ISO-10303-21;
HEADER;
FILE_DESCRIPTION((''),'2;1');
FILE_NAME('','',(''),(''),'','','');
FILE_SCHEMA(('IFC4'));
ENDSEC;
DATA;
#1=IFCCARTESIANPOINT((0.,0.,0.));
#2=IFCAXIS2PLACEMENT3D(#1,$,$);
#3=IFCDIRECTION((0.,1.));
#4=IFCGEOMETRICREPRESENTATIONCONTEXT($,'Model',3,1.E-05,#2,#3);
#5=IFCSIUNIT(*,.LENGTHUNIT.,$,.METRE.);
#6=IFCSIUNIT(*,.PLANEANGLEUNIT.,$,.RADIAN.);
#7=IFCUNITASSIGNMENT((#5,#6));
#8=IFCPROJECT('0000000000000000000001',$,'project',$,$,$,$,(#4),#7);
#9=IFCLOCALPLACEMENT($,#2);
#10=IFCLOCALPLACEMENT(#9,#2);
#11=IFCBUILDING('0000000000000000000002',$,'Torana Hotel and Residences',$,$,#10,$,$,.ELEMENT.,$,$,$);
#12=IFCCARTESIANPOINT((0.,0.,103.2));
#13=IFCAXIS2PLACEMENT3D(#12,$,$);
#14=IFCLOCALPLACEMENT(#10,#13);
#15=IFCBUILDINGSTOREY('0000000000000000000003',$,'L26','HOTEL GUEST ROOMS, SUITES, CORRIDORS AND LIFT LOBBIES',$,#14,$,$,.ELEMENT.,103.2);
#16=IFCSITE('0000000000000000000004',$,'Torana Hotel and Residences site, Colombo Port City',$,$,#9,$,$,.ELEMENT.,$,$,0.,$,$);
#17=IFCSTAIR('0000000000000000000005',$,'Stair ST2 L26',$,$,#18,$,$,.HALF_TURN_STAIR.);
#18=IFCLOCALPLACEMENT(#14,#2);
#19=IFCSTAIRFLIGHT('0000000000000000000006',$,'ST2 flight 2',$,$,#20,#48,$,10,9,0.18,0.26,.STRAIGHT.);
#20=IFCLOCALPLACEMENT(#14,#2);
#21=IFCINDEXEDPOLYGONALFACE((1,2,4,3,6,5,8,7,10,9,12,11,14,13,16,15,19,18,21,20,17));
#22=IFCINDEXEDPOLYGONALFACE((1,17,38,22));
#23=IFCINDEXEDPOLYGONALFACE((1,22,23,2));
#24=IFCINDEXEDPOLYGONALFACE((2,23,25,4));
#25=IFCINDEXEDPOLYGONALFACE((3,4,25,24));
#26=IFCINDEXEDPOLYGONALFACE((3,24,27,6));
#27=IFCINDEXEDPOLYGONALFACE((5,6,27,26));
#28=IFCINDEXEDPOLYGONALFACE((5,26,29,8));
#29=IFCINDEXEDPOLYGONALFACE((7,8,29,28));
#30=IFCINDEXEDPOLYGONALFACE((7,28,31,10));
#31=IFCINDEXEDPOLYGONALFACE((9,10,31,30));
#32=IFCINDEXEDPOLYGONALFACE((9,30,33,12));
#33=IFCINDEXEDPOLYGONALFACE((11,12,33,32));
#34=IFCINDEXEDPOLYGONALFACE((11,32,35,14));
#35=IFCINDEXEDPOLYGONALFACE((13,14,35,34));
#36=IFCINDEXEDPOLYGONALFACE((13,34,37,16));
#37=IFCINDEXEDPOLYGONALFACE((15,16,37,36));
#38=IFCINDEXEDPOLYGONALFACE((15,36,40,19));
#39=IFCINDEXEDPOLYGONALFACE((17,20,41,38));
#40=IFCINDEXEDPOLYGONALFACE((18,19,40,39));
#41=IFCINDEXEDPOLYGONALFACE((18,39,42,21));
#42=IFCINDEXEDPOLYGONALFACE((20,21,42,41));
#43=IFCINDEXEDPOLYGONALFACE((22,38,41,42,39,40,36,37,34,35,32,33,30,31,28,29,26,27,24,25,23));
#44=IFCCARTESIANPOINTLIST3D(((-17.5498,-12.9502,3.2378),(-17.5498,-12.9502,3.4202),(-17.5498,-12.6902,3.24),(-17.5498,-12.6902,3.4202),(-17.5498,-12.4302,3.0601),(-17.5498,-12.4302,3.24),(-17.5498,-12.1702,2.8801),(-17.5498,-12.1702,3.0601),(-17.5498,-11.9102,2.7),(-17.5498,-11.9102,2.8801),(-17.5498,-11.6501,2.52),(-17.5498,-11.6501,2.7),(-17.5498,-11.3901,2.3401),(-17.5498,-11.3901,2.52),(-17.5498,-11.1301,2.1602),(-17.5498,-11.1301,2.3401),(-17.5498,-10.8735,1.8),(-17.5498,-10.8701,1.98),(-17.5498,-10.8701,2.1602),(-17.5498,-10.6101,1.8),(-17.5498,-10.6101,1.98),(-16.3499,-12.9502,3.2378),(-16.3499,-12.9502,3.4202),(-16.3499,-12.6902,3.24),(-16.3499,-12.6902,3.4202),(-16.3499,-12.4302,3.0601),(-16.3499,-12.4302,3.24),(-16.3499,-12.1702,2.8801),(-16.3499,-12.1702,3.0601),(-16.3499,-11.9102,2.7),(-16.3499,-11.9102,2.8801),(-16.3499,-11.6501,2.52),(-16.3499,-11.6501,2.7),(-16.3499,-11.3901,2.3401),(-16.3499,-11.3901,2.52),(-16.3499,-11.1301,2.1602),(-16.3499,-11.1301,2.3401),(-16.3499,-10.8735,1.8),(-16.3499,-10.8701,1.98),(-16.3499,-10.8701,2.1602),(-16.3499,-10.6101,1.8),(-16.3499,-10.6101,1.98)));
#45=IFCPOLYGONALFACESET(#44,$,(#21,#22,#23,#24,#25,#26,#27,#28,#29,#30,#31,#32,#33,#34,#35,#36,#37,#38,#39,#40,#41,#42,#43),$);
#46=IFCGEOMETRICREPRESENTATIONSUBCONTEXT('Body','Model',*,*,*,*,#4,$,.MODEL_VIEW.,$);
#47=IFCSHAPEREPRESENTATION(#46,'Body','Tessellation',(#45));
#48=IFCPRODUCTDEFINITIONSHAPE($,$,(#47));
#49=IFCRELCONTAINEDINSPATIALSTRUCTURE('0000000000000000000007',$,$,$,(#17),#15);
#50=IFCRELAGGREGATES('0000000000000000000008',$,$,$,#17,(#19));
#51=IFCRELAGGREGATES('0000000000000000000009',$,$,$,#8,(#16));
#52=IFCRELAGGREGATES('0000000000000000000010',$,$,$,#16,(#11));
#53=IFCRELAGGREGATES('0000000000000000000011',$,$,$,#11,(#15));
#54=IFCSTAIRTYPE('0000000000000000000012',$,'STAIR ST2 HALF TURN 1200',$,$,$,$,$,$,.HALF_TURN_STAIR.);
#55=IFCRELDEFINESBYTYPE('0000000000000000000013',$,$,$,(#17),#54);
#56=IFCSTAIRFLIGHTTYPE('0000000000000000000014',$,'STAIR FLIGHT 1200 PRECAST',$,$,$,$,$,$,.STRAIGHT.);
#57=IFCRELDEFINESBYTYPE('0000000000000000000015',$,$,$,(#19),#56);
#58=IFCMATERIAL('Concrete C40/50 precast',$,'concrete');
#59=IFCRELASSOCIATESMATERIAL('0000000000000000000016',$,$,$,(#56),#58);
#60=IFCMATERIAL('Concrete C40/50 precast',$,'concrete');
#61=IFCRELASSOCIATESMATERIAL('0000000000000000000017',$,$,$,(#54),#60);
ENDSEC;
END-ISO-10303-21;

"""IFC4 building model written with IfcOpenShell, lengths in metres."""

from ifc_helpers import new_model, si_unit, direction, frame, origin, place, context, subcontext, project, spatial, polyline, outline, extrude, material, type_object, element, aggregate, save


model = new_model("IFC4")

# Units and contexts
model_context = context("Model", 3, precision=1e-05, world=origin(), true_north=direction((0.0, 1.0)))
body_context = subcontext(model_context, "Body", "Model", "MODEL_VIEW")
ifc_project = project(units=[si_unit("LENGTHUNIT", "METRE"), si_unit("PLANEANGLEUNIT", "RADIAN")], contexts=[model_context])

# Site, building, storey
site_placement = place(None, origin())
site = spatial("IfcSite", under=ifc_project, at=site_placement, Name="Torana Hotel and Residences site, Colombo Port City", CompositionType="ELEMENT", RefElevation=0.0)
building_placement = place(site_placement, origin())
building = spatial("IfcBuilding", under=site, at=building_placement, Name="Torana Hotel and Residences", CompositionType="ELEMENT")
storey_placement = place(building_placement, frame((0.0, 0.0, 103.2)))
storey = spatial("IfcBuildingStorey", under=building, at=storey_placement, Name="L26", Description="HOTEL GUEST ROOMS, SUITES, CORRIDORS AND LIFT LOBBIES", CompositionType="ELEMENT", Elevation=103.2)

# Stair, stair flight
ifc_material_1 = material(Name="Concrete C40/50 precast", Category="concrete")
stair_flight_type = type_object("IfcStairFlightType", Name="STAIR FLIGHT 1200 PRECAST", PredefinedType="STRAIGHT", material=ifc_material_1)
ifc_material_2 = material(Name="Concrete C40/50 precast", Category="concrete")
stair_type_1 = type_object("IfcStairType", Name="STAIR ST2 HALF TURN 1200", PredefinedType="HALF_TURN_STAIR", material=ifc_material_2)
stair_1_placement = place(storey_placement, origin())
stair_1 = element("IfcStair", 1, at=stair_1_placement, inside=storey, type_object=stair_type_1, Name="Stair ST2 L26", PredefinedType="HALF_TURN_STAIR")
stair_flight_1_placement = place(storey_placement, frame((-16.95, -10.6101, 1.8), z_axis=(0.0, 0.0, 1.0), x_axis=(0.0, -1.0, 0.0)))
stair_flight_1 = element("IfcStairFlight", 2, at=stair_flight_1_placement, type_object=stair_flight_type, Name="ST2 flight 2", NumberOfRisers=10, NumberOfTreads=9, PredefinedType="STRAIGHT", RiserHeight=0.18, TreadLength=0.26, context=body_context, shape_type="SweptSolid", body=[
    extrude(outline(polyline([(0.0, 0.0), (0.0, 0.1799), (0.26, 0.1799), (0.26, 0.3601), (0.52, 0.3601), (0.52, 0.54), (0.78, 0.54), (0.78, 0.72), (1.04, 0.72), (1.04, 0.8999), (1.3, 0.8999), (1.3, 1.0801), (1.5601, 1.0801), (1.5601, 1.26), (1.8201, 1.26), (1.8201, 1.4399), (2.0801, 1.4399), (2.0801, 1.6201), (2.3401, 1.6201), (2.3401, 1.8), (2.3401, 1.4377), (0.2634, 0.0), (0.0, 0.0)])), frame((0.0, 0.6001, 0.0), z_axis=(0.0, -1.0, 0.0), x_axis=(1.0, 0.0, 0.0)), (0.0, 0.0, 1.0), 1.2),
])
aggregate(stair_1, [stair_flight_1])

save(model, "model.ifc")
